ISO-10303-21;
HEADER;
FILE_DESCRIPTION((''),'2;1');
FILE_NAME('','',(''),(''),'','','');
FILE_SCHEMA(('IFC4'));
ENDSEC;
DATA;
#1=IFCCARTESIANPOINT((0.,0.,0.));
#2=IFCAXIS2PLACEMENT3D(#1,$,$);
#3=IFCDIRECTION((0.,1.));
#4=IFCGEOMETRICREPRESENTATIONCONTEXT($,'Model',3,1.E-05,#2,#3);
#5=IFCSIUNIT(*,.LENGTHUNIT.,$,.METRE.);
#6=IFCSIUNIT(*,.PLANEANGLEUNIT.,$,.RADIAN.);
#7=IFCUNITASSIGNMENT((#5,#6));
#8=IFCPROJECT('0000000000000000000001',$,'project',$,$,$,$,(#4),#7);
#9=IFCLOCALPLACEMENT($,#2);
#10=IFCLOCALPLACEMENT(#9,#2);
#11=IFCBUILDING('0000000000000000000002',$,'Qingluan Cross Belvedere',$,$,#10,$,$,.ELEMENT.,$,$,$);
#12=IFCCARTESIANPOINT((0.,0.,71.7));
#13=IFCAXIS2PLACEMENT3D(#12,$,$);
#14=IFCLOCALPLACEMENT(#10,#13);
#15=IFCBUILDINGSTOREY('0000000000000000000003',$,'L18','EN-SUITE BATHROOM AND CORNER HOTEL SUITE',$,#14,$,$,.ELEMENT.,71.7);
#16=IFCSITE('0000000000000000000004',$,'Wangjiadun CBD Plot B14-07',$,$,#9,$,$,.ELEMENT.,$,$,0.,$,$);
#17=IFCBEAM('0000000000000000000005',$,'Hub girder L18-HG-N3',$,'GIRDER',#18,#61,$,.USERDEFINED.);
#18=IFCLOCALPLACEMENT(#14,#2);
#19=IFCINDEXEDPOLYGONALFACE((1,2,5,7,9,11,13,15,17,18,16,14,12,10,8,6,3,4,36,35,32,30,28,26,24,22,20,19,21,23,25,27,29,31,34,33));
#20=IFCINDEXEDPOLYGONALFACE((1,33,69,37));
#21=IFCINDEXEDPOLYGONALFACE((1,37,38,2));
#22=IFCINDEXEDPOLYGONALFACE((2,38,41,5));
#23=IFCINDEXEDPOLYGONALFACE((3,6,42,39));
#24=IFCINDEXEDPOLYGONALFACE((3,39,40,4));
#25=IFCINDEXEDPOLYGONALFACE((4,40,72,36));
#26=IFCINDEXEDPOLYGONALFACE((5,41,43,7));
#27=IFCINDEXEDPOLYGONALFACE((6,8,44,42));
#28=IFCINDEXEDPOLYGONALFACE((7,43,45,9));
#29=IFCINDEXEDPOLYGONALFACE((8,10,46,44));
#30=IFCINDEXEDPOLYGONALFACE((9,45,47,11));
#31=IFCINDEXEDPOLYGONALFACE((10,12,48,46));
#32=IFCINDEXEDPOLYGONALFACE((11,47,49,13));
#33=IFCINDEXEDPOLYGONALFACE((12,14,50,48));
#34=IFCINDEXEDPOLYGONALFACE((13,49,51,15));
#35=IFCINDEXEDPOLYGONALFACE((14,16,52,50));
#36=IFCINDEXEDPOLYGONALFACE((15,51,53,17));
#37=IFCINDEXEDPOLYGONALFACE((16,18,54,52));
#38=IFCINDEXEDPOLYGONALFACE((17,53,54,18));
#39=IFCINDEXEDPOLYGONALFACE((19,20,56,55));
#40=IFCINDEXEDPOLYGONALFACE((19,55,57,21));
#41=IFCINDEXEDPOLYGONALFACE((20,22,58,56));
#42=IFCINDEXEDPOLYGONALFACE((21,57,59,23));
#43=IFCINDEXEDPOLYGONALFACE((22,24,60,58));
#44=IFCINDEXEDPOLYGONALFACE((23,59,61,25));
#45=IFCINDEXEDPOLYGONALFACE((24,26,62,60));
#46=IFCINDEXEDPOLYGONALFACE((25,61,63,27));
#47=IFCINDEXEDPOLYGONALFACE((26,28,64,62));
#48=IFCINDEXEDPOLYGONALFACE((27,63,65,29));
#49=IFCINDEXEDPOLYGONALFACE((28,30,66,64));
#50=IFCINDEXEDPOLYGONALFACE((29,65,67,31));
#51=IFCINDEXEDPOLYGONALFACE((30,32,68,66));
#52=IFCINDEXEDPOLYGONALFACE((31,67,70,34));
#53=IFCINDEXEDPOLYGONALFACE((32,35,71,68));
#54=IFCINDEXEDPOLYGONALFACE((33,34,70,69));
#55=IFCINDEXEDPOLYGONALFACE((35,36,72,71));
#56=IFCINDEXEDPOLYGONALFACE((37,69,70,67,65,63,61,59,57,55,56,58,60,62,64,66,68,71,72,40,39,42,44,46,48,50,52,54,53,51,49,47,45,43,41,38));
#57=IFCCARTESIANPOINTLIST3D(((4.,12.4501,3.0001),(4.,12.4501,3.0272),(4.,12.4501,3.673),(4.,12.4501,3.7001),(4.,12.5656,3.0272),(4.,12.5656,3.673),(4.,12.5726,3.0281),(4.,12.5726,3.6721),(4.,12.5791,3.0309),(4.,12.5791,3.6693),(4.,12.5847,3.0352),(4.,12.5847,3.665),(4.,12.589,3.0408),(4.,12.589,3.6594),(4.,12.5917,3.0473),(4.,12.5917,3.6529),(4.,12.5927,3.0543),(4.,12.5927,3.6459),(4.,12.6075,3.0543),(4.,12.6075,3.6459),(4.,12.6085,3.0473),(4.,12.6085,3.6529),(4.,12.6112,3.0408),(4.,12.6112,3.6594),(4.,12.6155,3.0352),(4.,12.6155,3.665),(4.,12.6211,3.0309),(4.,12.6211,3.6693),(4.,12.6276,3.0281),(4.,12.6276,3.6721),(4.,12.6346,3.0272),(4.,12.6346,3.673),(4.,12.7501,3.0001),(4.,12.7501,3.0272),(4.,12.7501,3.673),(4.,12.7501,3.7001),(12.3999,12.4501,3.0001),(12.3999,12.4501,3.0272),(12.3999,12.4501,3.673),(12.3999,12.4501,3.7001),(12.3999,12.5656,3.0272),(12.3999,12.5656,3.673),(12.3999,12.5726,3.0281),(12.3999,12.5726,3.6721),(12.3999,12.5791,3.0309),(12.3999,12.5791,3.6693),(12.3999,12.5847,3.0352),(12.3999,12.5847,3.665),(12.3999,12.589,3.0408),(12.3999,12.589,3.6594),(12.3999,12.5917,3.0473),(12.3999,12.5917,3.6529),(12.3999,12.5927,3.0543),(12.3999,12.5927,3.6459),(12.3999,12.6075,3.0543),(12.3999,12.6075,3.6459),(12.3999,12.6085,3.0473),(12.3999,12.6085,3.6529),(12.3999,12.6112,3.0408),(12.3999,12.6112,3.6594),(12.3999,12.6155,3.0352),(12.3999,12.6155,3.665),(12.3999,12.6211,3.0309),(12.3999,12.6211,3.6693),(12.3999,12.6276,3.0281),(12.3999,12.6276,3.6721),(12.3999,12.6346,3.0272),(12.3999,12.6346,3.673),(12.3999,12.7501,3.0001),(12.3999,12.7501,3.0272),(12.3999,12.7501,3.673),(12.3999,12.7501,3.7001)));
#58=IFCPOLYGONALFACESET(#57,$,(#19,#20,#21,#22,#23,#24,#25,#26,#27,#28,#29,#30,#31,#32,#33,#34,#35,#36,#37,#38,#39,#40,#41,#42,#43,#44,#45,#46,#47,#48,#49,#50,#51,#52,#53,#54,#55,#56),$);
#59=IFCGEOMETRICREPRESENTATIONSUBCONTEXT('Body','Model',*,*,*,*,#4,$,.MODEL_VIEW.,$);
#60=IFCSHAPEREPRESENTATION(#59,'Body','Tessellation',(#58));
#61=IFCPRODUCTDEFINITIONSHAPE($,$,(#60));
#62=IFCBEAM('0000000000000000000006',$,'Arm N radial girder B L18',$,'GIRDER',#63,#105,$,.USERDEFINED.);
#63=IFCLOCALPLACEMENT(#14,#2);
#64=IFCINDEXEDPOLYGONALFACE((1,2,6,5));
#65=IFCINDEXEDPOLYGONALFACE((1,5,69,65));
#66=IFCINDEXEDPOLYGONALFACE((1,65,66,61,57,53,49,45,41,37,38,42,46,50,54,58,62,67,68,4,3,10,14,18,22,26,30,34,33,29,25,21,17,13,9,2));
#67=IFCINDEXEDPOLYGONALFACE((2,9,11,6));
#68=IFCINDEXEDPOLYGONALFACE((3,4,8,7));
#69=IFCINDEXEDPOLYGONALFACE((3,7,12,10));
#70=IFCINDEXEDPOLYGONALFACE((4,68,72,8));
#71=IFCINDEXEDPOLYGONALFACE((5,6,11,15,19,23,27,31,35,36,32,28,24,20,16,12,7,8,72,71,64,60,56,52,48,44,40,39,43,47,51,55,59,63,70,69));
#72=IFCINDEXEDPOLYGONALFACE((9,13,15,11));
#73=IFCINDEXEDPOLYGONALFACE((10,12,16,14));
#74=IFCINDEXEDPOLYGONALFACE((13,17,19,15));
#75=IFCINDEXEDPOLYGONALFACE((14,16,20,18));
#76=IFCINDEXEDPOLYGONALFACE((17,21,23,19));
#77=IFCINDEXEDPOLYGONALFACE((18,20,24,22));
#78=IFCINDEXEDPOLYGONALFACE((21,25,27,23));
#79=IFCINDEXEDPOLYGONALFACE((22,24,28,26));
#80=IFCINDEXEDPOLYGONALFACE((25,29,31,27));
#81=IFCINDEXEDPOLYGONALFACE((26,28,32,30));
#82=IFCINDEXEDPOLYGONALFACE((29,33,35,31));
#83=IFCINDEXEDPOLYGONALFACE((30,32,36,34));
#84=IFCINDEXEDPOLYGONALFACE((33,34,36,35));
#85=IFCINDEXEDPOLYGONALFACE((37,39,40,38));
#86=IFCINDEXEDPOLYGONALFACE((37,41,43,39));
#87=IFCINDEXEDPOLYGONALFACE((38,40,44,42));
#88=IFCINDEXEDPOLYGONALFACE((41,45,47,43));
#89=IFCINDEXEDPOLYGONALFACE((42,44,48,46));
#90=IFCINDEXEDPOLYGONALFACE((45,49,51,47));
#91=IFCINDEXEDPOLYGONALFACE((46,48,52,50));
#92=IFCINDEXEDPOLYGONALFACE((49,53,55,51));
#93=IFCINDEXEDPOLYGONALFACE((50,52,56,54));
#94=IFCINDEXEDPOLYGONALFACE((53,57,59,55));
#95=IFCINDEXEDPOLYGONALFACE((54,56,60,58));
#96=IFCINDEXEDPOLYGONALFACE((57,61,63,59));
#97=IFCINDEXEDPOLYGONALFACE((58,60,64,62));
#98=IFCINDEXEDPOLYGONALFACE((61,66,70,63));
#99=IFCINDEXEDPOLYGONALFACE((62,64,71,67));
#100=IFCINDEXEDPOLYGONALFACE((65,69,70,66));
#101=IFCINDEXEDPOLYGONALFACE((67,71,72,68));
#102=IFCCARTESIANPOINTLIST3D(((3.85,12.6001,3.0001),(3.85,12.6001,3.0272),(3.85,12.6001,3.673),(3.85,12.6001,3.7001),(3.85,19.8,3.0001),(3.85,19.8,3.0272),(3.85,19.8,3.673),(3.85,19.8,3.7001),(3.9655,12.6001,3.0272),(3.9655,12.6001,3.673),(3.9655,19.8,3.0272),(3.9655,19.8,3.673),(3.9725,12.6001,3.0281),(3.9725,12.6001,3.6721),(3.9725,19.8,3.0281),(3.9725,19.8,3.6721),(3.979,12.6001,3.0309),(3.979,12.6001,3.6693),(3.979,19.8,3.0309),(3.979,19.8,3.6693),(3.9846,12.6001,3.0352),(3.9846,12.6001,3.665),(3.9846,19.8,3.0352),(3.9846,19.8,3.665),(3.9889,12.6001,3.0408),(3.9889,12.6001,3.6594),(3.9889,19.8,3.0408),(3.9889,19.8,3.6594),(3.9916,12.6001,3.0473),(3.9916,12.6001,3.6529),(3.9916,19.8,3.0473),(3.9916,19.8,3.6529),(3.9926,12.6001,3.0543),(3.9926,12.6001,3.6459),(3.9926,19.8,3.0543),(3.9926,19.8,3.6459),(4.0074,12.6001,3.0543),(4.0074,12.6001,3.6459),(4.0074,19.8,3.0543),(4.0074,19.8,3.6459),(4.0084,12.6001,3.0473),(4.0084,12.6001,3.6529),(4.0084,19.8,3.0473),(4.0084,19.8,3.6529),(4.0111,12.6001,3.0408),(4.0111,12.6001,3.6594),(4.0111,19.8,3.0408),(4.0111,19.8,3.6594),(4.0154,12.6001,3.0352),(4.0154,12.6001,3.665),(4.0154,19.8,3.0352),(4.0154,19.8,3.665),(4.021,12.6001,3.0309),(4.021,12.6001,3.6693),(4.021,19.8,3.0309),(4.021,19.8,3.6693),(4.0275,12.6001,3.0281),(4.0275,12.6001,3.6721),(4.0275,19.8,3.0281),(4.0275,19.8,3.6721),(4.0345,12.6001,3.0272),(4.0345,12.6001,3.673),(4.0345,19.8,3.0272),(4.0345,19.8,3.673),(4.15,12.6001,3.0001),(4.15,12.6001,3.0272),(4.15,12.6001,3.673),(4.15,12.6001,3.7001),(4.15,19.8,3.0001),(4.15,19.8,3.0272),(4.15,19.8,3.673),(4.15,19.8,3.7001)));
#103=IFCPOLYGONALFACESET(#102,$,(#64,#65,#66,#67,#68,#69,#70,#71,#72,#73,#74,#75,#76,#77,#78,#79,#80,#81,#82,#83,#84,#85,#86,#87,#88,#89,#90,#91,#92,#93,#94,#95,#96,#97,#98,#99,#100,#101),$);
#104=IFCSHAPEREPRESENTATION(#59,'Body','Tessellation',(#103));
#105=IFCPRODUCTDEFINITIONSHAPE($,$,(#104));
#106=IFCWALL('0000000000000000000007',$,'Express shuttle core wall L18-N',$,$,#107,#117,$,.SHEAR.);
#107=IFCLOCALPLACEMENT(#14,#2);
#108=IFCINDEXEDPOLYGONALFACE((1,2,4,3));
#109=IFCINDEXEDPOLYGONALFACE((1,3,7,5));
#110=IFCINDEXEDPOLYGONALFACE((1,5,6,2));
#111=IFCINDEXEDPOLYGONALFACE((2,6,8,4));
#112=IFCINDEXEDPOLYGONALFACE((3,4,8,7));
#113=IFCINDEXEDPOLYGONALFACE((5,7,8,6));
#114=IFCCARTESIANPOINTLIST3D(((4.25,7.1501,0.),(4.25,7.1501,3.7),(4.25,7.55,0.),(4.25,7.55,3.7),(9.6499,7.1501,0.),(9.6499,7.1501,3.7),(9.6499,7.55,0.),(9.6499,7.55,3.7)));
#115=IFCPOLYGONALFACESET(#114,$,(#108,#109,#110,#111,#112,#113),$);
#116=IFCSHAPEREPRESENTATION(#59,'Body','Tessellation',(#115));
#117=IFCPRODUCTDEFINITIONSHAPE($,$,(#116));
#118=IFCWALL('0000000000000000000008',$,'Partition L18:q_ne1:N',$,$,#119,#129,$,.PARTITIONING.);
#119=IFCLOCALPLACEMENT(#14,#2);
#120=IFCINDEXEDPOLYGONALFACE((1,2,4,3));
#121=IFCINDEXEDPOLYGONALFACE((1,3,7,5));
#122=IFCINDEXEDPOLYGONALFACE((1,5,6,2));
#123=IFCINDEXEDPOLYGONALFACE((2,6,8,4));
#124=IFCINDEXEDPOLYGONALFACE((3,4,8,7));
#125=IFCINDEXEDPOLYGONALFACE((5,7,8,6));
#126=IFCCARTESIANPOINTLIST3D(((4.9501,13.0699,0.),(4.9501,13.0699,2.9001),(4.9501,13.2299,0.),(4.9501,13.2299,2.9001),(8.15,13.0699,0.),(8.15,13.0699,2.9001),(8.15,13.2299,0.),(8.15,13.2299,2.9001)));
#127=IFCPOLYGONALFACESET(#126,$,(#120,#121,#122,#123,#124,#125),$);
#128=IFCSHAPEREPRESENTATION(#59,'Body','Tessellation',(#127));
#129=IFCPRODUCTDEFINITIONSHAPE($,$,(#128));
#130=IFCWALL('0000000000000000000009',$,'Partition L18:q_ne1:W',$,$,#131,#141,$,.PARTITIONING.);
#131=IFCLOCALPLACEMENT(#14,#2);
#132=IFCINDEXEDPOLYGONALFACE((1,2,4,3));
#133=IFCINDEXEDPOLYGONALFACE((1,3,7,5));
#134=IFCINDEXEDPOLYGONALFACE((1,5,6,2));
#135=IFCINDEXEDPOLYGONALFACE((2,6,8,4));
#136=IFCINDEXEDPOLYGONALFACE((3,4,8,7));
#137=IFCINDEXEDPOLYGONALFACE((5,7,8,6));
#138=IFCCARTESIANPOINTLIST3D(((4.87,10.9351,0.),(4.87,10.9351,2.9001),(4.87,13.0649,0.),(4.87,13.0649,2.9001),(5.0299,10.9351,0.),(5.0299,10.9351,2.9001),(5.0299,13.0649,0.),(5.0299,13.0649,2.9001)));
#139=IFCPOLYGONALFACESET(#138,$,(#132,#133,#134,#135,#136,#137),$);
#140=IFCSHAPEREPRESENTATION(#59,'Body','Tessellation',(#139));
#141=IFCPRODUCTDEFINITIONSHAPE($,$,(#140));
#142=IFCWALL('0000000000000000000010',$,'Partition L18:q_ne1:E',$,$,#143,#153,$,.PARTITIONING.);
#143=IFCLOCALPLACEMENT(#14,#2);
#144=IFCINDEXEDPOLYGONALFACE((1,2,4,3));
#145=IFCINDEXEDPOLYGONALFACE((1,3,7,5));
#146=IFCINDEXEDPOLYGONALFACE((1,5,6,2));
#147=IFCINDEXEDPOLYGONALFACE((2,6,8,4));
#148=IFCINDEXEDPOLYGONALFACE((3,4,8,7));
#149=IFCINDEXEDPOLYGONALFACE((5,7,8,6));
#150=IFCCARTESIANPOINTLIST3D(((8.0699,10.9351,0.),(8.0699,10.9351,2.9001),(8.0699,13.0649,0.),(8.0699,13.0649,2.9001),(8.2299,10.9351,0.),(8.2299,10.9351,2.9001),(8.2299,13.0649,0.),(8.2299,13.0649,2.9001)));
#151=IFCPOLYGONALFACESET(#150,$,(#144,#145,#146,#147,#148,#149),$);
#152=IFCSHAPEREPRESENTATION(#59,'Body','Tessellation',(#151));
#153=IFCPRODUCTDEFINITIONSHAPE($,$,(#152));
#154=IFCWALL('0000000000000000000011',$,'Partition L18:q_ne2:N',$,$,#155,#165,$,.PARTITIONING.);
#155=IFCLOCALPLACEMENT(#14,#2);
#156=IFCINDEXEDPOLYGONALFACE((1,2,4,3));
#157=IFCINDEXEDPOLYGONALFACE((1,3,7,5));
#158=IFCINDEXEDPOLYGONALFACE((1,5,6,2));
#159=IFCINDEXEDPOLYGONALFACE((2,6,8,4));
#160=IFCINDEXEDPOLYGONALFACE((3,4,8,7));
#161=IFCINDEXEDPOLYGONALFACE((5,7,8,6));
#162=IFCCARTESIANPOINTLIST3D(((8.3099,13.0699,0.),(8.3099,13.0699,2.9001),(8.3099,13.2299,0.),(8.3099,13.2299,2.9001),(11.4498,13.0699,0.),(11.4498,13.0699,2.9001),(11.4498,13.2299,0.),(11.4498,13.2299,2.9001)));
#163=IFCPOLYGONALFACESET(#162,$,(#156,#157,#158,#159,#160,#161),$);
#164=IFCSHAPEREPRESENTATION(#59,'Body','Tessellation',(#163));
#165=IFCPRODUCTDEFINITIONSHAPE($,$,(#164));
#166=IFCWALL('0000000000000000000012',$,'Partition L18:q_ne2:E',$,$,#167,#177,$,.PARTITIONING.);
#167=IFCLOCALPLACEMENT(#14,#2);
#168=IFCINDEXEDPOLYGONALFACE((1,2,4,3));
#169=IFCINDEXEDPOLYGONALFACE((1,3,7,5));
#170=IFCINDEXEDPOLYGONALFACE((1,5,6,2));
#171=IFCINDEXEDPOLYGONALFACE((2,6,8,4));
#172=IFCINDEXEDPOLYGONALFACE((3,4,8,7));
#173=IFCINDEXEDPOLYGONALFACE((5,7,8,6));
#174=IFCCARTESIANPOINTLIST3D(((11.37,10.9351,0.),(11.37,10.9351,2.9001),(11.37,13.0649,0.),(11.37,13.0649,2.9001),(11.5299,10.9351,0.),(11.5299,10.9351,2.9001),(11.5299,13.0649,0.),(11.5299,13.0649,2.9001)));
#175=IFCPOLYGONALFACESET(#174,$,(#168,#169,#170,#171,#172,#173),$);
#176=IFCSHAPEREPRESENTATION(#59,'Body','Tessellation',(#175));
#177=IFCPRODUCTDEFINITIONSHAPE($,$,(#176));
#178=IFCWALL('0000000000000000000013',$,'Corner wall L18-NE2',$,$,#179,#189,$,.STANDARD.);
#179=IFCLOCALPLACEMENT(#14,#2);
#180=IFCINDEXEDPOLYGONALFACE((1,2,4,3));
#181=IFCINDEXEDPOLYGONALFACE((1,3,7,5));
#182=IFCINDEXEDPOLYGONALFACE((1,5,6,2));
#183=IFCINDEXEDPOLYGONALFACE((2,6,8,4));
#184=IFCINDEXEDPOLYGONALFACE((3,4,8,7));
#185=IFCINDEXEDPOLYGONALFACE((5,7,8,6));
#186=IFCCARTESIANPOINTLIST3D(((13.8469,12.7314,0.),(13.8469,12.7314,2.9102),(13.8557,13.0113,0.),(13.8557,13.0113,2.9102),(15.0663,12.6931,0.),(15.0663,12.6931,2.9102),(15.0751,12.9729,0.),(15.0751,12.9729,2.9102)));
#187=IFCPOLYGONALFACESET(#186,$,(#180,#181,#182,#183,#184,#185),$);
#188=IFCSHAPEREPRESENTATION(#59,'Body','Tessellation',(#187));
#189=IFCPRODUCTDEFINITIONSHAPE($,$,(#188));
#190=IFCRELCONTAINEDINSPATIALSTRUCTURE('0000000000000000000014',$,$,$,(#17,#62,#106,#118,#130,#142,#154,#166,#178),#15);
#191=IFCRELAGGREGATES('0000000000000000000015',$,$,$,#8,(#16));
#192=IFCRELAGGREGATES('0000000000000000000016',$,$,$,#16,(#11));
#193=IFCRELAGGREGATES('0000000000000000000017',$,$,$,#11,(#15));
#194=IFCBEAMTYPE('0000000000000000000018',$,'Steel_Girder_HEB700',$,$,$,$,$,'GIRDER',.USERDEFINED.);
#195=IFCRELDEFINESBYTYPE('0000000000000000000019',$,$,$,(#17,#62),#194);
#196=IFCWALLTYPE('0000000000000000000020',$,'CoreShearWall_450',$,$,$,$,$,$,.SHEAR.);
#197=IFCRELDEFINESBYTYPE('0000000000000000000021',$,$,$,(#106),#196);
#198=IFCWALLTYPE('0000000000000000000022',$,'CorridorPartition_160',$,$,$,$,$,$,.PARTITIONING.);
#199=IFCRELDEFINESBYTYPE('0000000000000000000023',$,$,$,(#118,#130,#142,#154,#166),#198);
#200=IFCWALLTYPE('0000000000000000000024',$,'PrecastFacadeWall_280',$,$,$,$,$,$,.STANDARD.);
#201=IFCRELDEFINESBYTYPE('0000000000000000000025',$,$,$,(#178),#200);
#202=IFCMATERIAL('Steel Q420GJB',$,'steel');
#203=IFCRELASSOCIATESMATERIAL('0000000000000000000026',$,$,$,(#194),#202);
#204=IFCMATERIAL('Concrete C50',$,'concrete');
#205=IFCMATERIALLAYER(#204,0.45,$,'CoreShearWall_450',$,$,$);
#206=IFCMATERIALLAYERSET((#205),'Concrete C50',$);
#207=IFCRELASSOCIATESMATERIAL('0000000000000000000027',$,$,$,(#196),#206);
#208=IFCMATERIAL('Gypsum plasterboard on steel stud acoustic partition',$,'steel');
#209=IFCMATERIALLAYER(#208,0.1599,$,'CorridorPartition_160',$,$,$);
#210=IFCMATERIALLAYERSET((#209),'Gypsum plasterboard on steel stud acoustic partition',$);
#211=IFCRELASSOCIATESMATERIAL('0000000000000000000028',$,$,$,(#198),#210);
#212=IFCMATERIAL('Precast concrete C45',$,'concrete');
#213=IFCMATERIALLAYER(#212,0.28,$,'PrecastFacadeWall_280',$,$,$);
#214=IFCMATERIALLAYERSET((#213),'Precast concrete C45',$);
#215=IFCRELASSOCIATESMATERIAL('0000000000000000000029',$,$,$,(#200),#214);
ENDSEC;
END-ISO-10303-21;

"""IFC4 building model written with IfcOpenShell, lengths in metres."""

from ifc_helpers import new_model, si_unit, direction, frame, frame_2d, origin, origin_2d, place, context, subcontext, project, spatial, rectangle, i_section, extrude, material, layer, layer_set, material_profile, profile_set, type_object, element, save


model = new_model("IFC4")

# Units and contexts
model_context = context("Model", 3, precision=1e-05, world=origin(), true_north=direction((0.0, 1.0)))
body_context = subcontext(model_context, "Body", "Model", "MODEL_VIEW")
ifc_project = project(units=[si_unit("LENGTHUNIT", "METRE"), si_unit("PLANEANGLEUNIT", "RADIAN")], contexts=[model_context])

# Site, building, storey
site_placement = place(None, origin())
site = spatial("IfcSite", under=ifc_project, at=site_placement, Name="Wangjiadun CBD Plot B14-07", CompositionType="ELEMENT", RefElevation=0.0)
building_placement = place(site_placement, origin())
building = spatial("IfcBuilding", under=site, at=building_placement, Name="Qingluan Cross Belvedere", CompositionType="ELEMENT")
storey_placement = place(building_placement, frame((0.0, 0.0, 71.7)))
storey = spatial("IfcBuildingStorey", under=building, at=storey_placement, Name="L18", Description="EN-SUITE BATHROOM AND CORNER HOTEL SUITE", CompositionType="ELEMENT", Elevation=71.7)

# Beams
ifc_material_1 = material(Name="Steel Q420GJB", Category="steel")
ifc_material_profile_1 = material_profile(ifc_material_1, i_section(OverallWidth=0.3, OverallDepth=0.7, WebThickness=0.0149, FlangeThickness=0.0271, FilletRadius=0.0271, at=origin_2d()), Name="HEB700")
ifc_profile_set_1 = profile_set([ifc_material_profile_1], Name="Steel Q420GJB")
beam_type_1 = type_object("IfcBeamType", Name="Steel_Girder_HEB700", ElementType="GIRDER", PredefinedType="USERDEFINED", material=ifc_profile_set_1)
beam_1_placement = place(storey_placement, frame((4.0, 12.6001, 3.3501), z_axis=(1.0, 0.0, 0.0), x_axis=(0.0, 1.0, 0.0)))
element("IfcBeam", 1, at=beam_1_placement, inside=storey, type_object=beam_type_1, Name="Hub girder L18-HG-N3", ObjectType="GIRDER", PredefinedType="USERDEFINED", context=body_context, shape_type="SweptSolid", body=[
    extrude(i_section(OverallWidth=0.3, OverallDepth=0.7, WebThickness=0.0149, FlangeThickness=0.0271, FilletRadius=0.0271, at=origin_2d()), origin(), (0.0, 0.0, 1.0), 8.3999),
])
beam_2_placement = place(storey_placement, frame((4.0, 12.6001, 3.3501), z_axis=(0.0, 1.0, 0.0), x_axis=(-1.0, 0.0, 0.0)))
element("IfcBeam", 2, at=beam_2_placement, inside=storey, type_object=beam_type_1, Name="Arm N radial girder B L18", ObjectType="GIRDER", PredefinedType="USERDEFINED", context=body_context, shape_type="SweptSolid", body=[
    extrude(i_section(OverallWidth=0.3, OverallDepth=0.7, WebThickness=0.0149, FlangeThickness=0.0271, FilletRadius=0.0271, at=origin_2d()), origin(), (0.0, 0.0, 1.0), 7.2),
])

# Wall
ifc_material_2 = material(Name="Concrete C50", Category="concrete")
ifc_layer_1 = layer(ifc_material_2, 0.45, Name="CoreShearWall_450")
ifc_layer_set_1 = layer_set([ifc_layer_1], Name="Concrete C50")
wall_type_1 = type_object("IfcWallType", Name="CoreShearWall_450", PredefinedType="SHEAR", material=ifc_layer_set_1)
wall_1_placement = place(storey_placement, frame((4.25, 7.3501, 0.0), z_axis=(0.0, 0.0, 1.0), x_axis=(1.0, 0.0, 0.0)))
element("IfcWall", 3, at=wall_1_placement, inside=storey, type_object=wall_type_1, Name="Express shuttle core wall L18-N", PredefinedType="SHEAR", context=body_context, shape_type="SweptSolid", body=[
    extrude(rectangle(XDim=5.3999, YDim=0.3999, at=frame_2d((2.7, 0.0))), origin(), (0.0, 0.0, 1.0), 3.7),
])

# Shared definitions
ifc_material_3 = material(Name="Gypsum plasterboard on steel stud acoustic partition", Category="steel")
ifc_layer_2 = layer(ifc_material_3, 0.1599, Name="CorridorPartition_160")
ifc_layer_set_2 = layer_set([ifc_layer_2], Name="Gypsum plasterboard on steel stud acoustic partition")
wall_type_2 = type_object("IfcWallType", Name="CorridorPartition_160", PredefinedType="PARTITIONING", material=ifc_layer_set_2)

# Walls
wall_2_placement = place(storey_placement, frame((4.95, 13.1499, 0.0), z_axis=(0.0, 0.0, 1.0), x_axis=(1.0, 0.0, 0.0)))
element("IfcWall", 4, at=wall_2_placement, inside=storey, type_object=wall_type_2, Name="Partition L18:q_ne1:N", PredefinedType="PARTITIONING", context=body_context, shape_type="SweptSolid", body=[
    extrude(rectangle(XDim=3.2, YDim=0.1599, at=frame_2d((1.6001, 0.0))), origin(), (0.0, 0.0, 1.0), 2.9001),
])
for number, where, z_axis, x_axis, name in (
    (5, (4.95, 10.9351, 0.0), (0.0, 0.0, 1.0), (0.0, 1.0, 0.0), "Partition L18:q_ne1:W"),
    (6, (8.1499, 10.9351, 0.0), (0.0, 0.0, 1.0), (0.0, 1.0, 0.0), "Partition L18:q_ne1:E"),
):
    element("IfcWall", number, at=place(storey_placement, frame(where, z_axis=z_axis, x_axis=x_axis)), inside=storey, type_object=wall_type_2, Name=name, PredefinedType="PARTITIONING", context=body_context, shape_type="SweptSolid", body=[
        extrude(rectangle(XDim=2.1299, YDim=0.1599, at=frame_2d((1.0649, 0.0))), origin(), (0.0, 0.0, 1.0), 2.9001),
    ])

# Walls
wall_3_placement = place(storey_placement, frame((8.3101, 13.1499, 0.0), z_axis=(0.0, 0.0, 1.0), x_axis=(1.0, 0.0, 0.0)))
element("IfcWall", 7, at=wall_3_placement, inside=storey, type_object=wall_type_2, Name="Partition L18:q_ne2:N", PredefinedType="PARTITIONING", context=body_context, shape_type="SweptSolid", body=[
    extrude(rectangle(XDim=3.1399, YDim=0.1599, at=frame_2d((1.5698, 0.0))), origin(), (0.0, 0.0, 1.0), 2.9001),
])
wall_4_placement = place(storey_placement, frame((11.45, 10.9351, 0.0), z_axis=(0.0, 0.0, 1.0), x_axis=(0.0, 1.0, 0.0)))
element("IfcWall", 8, at=wall_4_placement, inside=storey, type_object=wall_type_2, Name="Partition L18:q_ne2:E", PredefinedType="PARTITIONING", context=body_context, shape_type="SweptSolid", body=[
    extrude(rectangle(XDim=2.1299, YDim=0.1599, at=frame_2d((1.0649, 0.0))), origin(), (0.0, 0.0, 1.0), 2.9001),
])
ifc_material_4 = material(Name="Precast concrete C45", Category="concrete")
ifc_layer_3 = layer(ifc_material_4, 0.28, Name="PrecastFacadeWall_280")
ifc_layer_set_3 = layer_set([ifc_layer_3], Name="Precast concrete C45")
wall_type_3 = type_object("IfcWallType", Name="PrecastFacadeWall_280", PredefinedType="STANDARD", material=ifc_layer_set_3)
wall_5_placement = place(storey_placement, frame((15.0706, 12.833, 0.0), z_axis=(0.0, 0.0, 1.0), x_axis=(-0.999506, 0.031416, 0.0)))
element("IfcWall", 9, at=wall_5_placement, inside=storey, type_object=wall_type_3, Name="Corner wall L18-NE2", PredefinedType="STANDARD", context=body_context, shape_type="SweptSolid", body=[
    extrude(rectangle(XDim=1.22, YDim=0.28, at=frame_2d((0.6099, 0.0))), origin(), (0.0, 0.0, 1.0), 2.9102),
])

save(model, "model.ifc")
